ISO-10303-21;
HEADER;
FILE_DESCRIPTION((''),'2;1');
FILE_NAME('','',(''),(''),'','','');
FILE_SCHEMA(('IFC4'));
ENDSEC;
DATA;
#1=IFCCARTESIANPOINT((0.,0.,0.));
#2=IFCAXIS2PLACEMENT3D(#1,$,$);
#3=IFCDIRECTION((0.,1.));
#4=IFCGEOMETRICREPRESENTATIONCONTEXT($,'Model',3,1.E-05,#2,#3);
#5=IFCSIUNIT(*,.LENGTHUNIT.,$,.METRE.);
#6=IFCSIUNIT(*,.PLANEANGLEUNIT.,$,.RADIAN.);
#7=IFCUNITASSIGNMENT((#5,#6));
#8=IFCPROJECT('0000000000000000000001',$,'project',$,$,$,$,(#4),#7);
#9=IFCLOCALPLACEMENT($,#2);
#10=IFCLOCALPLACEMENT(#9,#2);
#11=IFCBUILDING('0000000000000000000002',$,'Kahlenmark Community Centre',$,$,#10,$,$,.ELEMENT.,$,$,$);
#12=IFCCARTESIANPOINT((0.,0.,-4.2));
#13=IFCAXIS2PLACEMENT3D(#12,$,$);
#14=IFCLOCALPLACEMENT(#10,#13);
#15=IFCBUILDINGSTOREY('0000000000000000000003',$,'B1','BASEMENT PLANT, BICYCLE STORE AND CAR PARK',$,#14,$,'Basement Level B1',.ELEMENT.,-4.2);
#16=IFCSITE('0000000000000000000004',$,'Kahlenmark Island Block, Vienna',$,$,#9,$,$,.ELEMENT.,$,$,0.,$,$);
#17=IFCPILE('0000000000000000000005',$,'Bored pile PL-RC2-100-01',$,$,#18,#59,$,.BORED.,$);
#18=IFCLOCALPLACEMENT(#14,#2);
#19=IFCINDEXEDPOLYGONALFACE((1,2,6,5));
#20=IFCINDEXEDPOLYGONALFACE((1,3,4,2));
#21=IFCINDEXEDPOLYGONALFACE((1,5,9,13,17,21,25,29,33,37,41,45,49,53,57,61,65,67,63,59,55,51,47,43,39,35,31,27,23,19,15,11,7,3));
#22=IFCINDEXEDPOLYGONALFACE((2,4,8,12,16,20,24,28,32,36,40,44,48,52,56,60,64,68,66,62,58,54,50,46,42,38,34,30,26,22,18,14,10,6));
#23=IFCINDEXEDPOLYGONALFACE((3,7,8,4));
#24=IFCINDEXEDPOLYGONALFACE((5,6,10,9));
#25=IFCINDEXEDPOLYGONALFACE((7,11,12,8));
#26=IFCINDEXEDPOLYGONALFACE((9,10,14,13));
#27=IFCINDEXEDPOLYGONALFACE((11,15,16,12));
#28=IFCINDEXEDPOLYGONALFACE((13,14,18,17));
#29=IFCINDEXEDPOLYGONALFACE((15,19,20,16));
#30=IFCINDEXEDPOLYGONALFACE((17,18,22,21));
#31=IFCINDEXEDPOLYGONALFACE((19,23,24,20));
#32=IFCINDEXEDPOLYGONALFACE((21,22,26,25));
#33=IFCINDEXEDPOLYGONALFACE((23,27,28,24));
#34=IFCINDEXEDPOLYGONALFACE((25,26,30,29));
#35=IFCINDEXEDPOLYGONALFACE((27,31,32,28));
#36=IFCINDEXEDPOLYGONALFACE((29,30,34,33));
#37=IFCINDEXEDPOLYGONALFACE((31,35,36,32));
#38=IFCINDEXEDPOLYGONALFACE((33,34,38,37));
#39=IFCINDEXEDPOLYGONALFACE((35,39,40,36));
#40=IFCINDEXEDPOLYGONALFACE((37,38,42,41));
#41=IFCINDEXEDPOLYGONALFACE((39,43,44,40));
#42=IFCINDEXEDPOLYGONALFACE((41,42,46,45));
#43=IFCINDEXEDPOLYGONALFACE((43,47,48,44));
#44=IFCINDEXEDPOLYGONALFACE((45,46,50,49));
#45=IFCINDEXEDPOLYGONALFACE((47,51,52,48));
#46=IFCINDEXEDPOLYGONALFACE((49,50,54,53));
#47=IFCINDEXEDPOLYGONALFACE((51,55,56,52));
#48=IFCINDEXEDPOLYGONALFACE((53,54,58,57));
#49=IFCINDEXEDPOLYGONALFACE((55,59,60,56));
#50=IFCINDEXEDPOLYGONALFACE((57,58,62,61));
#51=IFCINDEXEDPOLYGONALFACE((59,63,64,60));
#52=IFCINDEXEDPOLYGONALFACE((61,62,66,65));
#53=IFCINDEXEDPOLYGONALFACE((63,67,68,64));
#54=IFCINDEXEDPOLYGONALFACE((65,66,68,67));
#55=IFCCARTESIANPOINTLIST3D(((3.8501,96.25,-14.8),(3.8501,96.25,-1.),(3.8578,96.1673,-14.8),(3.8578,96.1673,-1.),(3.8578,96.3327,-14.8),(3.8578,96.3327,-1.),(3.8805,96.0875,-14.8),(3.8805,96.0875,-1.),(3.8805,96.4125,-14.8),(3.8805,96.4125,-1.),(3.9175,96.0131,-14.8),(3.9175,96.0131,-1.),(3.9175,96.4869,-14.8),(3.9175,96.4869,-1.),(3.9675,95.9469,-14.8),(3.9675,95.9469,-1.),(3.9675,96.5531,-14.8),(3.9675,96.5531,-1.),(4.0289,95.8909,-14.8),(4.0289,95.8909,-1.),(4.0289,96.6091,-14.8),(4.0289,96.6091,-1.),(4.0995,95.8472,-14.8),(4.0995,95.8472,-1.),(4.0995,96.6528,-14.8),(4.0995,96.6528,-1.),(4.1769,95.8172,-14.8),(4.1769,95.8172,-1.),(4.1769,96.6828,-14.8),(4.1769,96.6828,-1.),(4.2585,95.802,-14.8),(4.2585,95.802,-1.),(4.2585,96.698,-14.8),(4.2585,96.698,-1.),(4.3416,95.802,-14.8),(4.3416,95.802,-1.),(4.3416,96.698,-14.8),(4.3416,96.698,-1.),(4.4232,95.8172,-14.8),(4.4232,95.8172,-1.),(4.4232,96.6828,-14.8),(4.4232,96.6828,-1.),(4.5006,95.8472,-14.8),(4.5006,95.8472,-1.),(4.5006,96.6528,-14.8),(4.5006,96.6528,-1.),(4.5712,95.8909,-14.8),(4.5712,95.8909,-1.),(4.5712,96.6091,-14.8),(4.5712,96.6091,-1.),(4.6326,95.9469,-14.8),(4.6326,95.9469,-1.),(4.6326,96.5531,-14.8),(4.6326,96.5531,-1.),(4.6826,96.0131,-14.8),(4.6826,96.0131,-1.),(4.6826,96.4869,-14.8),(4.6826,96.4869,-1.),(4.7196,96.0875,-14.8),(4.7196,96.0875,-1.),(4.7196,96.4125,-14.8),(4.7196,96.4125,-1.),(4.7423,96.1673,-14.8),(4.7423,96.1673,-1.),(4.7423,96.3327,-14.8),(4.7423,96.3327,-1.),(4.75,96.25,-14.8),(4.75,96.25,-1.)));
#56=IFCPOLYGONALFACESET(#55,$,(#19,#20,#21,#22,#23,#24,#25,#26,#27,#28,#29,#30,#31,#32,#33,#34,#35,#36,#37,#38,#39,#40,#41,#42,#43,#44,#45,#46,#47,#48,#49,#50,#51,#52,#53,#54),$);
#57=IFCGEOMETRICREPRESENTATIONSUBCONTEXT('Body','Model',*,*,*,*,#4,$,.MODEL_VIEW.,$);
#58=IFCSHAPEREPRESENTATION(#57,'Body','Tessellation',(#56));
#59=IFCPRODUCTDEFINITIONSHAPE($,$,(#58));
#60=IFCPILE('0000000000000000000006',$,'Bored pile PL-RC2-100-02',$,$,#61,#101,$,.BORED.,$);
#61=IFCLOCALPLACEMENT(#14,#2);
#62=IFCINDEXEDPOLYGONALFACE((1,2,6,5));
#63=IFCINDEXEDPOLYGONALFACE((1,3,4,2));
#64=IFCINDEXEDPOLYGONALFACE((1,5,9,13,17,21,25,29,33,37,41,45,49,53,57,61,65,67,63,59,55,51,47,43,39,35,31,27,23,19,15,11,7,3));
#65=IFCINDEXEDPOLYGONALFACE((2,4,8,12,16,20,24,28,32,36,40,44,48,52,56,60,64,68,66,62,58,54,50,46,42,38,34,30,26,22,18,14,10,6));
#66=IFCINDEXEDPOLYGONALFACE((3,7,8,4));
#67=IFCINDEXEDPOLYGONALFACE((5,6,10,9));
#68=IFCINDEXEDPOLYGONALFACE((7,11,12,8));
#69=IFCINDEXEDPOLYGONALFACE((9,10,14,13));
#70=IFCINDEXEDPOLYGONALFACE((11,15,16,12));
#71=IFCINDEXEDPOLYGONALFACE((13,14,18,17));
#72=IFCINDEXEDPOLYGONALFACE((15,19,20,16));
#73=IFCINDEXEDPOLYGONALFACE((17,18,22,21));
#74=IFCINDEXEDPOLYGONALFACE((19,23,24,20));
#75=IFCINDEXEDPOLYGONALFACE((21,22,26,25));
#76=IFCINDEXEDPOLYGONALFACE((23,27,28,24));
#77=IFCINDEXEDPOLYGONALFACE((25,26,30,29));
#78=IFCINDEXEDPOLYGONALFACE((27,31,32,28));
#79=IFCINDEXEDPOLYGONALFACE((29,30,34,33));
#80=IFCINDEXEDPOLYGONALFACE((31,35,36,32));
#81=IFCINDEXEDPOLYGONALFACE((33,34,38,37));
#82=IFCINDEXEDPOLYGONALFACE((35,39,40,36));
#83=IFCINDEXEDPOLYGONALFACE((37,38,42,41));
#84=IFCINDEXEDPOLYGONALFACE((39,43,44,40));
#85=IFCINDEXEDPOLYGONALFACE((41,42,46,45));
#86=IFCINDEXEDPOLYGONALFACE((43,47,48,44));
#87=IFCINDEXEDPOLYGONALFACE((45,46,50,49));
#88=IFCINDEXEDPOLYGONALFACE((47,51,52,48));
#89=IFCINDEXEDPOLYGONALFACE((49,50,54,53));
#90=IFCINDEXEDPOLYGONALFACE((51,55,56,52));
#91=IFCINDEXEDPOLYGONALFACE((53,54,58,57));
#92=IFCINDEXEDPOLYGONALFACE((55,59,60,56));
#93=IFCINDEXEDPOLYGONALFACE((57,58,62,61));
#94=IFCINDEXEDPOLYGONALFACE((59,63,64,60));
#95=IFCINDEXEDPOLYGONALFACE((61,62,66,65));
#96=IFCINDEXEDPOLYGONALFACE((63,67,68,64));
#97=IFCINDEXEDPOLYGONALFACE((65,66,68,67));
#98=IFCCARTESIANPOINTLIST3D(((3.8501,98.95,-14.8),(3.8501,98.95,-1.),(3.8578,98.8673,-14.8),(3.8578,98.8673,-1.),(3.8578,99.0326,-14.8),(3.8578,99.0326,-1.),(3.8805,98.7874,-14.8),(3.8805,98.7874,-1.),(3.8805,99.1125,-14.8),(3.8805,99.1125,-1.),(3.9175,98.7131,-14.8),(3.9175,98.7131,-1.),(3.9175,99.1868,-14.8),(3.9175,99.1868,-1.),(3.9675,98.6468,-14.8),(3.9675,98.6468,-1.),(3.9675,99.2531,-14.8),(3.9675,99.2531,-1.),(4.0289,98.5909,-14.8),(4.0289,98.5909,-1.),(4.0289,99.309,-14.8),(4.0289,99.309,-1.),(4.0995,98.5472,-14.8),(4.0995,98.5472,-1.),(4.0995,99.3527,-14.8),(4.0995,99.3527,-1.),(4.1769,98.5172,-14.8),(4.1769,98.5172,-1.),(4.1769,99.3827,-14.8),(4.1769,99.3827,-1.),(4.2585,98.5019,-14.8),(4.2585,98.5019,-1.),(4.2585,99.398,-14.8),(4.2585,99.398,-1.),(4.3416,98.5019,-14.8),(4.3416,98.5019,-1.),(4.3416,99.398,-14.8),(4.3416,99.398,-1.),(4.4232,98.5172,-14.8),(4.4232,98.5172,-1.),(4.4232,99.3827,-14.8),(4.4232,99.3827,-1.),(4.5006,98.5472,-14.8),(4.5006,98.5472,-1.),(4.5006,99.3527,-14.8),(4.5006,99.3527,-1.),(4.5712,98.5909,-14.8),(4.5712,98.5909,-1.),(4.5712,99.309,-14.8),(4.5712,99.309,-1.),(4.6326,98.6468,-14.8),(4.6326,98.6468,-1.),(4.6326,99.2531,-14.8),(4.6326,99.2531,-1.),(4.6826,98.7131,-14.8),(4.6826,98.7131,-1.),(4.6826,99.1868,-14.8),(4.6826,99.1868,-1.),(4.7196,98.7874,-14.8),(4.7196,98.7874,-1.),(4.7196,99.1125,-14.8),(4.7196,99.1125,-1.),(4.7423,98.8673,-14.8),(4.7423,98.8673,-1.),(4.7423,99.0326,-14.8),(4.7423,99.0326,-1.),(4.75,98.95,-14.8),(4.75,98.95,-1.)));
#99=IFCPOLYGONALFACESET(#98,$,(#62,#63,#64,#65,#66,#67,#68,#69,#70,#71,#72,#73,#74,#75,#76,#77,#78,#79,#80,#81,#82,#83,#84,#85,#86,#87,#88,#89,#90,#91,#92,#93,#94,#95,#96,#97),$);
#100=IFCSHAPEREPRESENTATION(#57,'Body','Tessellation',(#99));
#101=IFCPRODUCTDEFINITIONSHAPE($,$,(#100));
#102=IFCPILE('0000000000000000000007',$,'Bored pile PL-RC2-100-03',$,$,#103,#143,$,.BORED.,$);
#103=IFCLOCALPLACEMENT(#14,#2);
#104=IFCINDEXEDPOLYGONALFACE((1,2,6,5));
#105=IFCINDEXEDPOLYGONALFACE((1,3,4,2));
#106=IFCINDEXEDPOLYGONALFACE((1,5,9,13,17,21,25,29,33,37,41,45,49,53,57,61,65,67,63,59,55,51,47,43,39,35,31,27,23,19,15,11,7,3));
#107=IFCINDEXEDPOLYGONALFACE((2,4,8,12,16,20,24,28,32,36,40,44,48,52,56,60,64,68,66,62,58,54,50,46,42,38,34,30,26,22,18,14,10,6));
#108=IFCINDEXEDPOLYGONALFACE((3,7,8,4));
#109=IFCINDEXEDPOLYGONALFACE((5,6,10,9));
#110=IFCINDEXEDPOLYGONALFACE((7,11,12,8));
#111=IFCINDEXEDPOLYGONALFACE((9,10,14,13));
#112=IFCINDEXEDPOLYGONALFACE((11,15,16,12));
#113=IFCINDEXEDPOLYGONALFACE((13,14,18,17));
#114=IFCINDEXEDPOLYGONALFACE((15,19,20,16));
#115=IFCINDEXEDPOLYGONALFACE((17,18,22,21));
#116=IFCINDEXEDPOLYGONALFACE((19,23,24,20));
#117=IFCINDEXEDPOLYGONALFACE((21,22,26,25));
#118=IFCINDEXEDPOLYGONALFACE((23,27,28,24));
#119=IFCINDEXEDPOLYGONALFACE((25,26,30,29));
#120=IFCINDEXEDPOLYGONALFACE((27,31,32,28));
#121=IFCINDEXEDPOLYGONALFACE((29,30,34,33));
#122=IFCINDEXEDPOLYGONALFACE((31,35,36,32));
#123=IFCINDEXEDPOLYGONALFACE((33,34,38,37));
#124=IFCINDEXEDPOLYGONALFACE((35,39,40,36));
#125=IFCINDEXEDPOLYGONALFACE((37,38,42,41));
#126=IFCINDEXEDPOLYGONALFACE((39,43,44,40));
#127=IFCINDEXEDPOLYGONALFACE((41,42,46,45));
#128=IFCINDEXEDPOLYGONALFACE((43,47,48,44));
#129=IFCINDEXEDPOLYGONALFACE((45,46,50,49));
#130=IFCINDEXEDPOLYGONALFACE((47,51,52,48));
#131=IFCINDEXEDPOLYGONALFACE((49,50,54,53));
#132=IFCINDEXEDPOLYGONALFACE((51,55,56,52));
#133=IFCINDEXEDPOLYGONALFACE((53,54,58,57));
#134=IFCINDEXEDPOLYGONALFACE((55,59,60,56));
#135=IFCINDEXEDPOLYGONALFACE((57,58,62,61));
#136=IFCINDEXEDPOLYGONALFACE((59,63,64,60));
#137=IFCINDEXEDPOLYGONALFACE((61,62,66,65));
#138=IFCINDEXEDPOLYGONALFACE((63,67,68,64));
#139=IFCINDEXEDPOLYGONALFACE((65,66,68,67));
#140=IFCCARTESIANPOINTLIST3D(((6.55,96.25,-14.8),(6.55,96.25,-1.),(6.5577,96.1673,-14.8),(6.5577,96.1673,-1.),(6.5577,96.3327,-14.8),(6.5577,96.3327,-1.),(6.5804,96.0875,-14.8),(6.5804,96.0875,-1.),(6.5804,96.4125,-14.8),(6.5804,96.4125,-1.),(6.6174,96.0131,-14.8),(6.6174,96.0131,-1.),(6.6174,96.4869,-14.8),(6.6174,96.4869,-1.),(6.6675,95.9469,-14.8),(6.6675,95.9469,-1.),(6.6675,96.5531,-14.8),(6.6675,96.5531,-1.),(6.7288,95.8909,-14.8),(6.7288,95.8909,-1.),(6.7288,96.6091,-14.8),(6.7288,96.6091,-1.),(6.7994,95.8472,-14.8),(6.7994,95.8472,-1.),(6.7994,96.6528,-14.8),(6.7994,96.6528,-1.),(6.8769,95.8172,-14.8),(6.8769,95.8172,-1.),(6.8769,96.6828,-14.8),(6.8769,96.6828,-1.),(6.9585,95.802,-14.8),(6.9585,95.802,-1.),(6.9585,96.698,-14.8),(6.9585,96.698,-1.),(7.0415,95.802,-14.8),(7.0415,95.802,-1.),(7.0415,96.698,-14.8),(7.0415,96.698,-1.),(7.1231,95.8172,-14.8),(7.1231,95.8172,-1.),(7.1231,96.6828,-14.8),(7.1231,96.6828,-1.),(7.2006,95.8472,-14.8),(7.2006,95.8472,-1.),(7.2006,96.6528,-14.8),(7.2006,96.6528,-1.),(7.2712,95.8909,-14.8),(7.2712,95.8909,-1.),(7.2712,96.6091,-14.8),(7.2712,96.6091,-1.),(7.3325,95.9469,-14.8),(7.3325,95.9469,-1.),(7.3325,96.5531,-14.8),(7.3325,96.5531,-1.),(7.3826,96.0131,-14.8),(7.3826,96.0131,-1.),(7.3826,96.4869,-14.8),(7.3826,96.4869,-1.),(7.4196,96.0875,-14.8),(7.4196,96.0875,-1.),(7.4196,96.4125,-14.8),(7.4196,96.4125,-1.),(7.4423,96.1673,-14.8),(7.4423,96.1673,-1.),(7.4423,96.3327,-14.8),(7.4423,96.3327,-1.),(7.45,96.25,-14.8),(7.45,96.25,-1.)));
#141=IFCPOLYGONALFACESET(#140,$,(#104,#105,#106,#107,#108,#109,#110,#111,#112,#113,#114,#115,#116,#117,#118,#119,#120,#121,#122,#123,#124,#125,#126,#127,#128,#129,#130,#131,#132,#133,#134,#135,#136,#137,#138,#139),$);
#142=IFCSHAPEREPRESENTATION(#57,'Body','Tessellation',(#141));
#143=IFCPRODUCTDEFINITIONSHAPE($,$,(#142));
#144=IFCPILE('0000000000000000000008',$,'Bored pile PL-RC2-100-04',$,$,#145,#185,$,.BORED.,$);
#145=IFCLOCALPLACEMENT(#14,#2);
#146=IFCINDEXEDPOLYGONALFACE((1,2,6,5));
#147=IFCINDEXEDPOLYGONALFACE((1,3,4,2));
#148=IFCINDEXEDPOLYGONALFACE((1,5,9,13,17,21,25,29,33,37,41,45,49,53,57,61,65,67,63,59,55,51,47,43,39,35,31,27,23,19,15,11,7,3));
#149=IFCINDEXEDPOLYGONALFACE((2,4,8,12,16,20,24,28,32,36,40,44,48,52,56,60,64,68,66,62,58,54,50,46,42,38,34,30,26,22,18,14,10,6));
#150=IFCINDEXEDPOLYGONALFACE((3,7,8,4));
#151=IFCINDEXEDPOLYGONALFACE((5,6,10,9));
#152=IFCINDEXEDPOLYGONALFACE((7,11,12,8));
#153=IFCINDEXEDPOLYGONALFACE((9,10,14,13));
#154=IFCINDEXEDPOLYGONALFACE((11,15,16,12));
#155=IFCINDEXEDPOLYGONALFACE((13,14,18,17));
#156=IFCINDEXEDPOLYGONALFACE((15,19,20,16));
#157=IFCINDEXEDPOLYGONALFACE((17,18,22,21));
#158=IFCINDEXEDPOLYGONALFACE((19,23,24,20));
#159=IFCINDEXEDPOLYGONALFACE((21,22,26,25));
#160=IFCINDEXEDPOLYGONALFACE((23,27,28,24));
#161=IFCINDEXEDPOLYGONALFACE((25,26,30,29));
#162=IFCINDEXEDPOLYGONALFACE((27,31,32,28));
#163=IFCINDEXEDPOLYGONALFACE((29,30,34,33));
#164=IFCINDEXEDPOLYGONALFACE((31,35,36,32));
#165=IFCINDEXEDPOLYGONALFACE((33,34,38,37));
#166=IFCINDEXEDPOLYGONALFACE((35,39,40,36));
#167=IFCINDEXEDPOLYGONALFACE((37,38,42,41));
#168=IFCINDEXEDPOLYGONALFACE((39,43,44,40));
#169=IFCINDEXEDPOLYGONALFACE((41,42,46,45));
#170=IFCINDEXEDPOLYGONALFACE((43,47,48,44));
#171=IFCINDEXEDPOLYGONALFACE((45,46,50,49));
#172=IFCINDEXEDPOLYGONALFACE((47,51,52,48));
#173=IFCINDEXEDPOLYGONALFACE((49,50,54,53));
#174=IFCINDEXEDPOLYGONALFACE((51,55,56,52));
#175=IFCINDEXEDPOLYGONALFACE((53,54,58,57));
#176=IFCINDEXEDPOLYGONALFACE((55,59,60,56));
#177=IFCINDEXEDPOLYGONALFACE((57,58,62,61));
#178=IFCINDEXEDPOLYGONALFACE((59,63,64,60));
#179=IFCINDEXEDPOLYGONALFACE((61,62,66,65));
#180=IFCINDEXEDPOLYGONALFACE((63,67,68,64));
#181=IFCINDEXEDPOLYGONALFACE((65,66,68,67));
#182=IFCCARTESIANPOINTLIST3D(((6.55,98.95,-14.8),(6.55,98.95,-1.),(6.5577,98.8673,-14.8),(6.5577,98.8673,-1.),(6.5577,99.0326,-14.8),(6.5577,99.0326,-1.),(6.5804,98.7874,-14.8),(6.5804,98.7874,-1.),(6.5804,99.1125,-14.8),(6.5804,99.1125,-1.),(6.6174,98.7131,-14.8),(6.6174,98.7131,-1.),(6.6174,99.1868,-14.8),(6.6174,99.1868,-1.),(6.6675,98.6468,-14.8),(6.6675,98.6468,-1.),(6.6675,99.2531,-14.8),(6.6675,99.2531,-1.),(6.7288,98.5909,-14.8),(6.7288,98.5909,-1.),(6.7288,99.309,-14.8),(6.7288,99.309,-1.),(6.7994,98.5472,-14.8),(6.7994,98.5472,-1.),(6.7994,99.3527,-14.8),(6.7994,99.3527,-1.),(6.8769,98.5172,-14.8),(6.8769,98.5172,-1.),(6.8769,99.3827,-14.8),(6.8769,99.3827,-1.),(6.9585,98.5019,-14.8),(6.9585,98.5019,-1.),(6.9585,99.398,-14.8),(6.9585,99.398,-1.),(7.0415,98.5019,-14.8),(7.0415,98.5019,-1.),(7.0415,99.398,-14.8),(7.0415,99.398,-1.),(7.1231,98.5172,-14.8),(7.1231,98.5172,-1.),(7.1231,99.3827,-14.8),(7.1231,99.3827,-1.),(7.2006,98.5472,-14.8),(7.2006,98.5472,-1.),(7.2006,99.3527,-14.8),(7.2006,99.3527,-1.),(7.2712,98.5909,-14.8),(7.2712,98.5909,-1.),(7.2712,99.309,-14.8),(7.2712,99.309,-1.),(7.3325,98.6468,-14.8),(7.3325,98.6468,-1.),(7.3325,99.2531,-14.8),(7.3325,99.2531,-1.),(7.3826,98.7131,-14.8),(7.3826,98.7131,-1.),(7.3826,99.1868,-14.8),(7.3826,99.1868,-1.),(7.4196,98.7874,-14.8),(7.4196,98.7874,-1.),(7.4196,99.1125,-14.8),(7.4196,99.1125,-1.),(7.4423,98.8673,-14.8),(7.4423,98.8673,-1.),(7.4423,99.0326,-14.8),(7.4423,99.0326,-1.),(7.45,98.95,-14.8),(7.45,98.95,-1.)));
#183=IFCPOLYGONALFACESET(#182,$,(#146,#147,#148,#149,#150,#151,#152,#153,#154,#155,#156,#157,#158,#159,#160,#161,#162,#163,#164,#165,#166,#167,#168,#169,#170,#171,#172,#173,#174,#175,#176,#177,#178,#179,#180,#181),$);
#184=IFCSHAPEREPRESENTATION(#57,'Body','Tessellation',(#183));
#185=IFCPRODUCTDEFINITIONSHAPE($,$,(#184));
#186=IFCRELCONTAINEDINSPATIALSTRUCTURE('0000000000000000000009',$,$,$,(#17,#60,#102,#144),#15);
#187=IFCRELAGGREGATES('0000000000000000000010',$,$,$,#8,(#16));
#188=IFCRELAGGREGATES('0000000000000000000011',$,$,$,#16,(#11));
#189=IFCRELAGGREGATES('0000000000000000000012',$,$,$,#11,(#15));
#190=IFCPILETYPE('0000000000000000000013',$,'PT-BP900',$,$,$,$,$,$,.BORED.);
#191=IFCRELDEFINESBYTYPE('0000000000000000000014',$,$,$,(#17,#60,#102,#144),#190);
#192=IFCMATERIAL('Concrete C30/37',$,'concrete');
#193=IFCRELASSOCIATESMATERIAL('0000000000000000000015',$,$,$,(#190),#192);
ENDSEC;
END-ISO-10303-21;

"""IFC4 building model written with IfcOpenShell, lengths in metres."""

from ifc_helpers import new_model, si_unit, direction, frame, origin, origin_2d, place, context, subcontext, project, spatial, circle, extrude, material, material_profile, profile_set, type_object, element, save


model = new_model("IFC4")

# Units and contexts
model_context = context("Model", 3, precision=1e-05, world=origin(), true_north=direction((0.0, 1.0)))
body_context = subcontext(model_context, "Body", "Model", "MODEL_VIEW")
ifc_project = project(units=[si_unit("LENGTHUNIT", "METRE"), si_unit("PLANEANGLEUNIT", "RADIAN")], contexts=[model_context])

# Site, building, storey
site_placement = place(None, origin())
site = spatial("IfcSite", under=ifc_project, at=site_placement, Name="Kahlenmark Island Block, Vienna", CompositionType="ELEMENT", RefElevation=0.0)
building_placement = place(site_placement, origin())
building = spatial("IfcBuilding", under=site, at=building_placement, Name="Kahlenmark Community Centre", CompositionType="ELEMENT")
storey_placement = place(building_placement, frame((0.0, 0.0, -4.2)))
storey = spatial("IfcBuildingStorey", under=building, at=storey_placement, Name="B1", Description="BASEMENT PLANT, BICYCLE STORE AND CAR PARK", LongName="Basement Level B1", CompositionType="ELEMENT", Elevation=-4.2)

# Shared definitions
ifc_material_1 = material(Name="Concrete C30/37", Category="concrete")

# Piles
ifc_material_profile_1 = material_profile(ifc_material_1, circle(Radius=0.45, at=origin_2d()), Name="BORED PILE 900")
ifc_profile_set_1 = profile_set([ifc_material_profile_1], Name="Concrete C30/37")
pile_type_1 = type_object("IfcPileType", Name="PT-BP900", PredefinedType="BORED", material=ifc_profile_set_1)
for number, where, z_axis, x_axis, name in (
    (1, (4.3, 96.25, -1.0), (0.0, 0.0, -1.0), (1.0, 0.0, 0.0), "Bored pile PL-RC2-100-01"),
    (2, (4.3, 98.95, -1.0), (0.0, 0.0, -1.0), (1.0, 0.0, 0.0), "Bored pile PL-RC2-100-02"),
    (3, (7.0, 96.25, -1.0), (0.0, 0.0, -1.0), (1.0, 0.0, 0.0), "Bored pile PL-RC2-100-03"),
    (4, (7.0, 98.95, -1.0), (0.0, 0.0, -1.0), (1.0, 0.0, 0.0), "Bored pile PL-RC2-100-04"),
):
    element("IfcPile", number, at=place(storey_placement, frame(where, z_axis=z_axis, x_axis=x_axis)), inside=storey, type_object=pile_type_1, Name=name, PredefinedType="BORED", context=body_context, shape_type="SweptSolid", body=[
        extrude(circle(Radius=0.45, at=origin_2d()), origin(), (0.0, 0.0, 1.0), 13.8),
    ])

save(model, "model.ifc")
